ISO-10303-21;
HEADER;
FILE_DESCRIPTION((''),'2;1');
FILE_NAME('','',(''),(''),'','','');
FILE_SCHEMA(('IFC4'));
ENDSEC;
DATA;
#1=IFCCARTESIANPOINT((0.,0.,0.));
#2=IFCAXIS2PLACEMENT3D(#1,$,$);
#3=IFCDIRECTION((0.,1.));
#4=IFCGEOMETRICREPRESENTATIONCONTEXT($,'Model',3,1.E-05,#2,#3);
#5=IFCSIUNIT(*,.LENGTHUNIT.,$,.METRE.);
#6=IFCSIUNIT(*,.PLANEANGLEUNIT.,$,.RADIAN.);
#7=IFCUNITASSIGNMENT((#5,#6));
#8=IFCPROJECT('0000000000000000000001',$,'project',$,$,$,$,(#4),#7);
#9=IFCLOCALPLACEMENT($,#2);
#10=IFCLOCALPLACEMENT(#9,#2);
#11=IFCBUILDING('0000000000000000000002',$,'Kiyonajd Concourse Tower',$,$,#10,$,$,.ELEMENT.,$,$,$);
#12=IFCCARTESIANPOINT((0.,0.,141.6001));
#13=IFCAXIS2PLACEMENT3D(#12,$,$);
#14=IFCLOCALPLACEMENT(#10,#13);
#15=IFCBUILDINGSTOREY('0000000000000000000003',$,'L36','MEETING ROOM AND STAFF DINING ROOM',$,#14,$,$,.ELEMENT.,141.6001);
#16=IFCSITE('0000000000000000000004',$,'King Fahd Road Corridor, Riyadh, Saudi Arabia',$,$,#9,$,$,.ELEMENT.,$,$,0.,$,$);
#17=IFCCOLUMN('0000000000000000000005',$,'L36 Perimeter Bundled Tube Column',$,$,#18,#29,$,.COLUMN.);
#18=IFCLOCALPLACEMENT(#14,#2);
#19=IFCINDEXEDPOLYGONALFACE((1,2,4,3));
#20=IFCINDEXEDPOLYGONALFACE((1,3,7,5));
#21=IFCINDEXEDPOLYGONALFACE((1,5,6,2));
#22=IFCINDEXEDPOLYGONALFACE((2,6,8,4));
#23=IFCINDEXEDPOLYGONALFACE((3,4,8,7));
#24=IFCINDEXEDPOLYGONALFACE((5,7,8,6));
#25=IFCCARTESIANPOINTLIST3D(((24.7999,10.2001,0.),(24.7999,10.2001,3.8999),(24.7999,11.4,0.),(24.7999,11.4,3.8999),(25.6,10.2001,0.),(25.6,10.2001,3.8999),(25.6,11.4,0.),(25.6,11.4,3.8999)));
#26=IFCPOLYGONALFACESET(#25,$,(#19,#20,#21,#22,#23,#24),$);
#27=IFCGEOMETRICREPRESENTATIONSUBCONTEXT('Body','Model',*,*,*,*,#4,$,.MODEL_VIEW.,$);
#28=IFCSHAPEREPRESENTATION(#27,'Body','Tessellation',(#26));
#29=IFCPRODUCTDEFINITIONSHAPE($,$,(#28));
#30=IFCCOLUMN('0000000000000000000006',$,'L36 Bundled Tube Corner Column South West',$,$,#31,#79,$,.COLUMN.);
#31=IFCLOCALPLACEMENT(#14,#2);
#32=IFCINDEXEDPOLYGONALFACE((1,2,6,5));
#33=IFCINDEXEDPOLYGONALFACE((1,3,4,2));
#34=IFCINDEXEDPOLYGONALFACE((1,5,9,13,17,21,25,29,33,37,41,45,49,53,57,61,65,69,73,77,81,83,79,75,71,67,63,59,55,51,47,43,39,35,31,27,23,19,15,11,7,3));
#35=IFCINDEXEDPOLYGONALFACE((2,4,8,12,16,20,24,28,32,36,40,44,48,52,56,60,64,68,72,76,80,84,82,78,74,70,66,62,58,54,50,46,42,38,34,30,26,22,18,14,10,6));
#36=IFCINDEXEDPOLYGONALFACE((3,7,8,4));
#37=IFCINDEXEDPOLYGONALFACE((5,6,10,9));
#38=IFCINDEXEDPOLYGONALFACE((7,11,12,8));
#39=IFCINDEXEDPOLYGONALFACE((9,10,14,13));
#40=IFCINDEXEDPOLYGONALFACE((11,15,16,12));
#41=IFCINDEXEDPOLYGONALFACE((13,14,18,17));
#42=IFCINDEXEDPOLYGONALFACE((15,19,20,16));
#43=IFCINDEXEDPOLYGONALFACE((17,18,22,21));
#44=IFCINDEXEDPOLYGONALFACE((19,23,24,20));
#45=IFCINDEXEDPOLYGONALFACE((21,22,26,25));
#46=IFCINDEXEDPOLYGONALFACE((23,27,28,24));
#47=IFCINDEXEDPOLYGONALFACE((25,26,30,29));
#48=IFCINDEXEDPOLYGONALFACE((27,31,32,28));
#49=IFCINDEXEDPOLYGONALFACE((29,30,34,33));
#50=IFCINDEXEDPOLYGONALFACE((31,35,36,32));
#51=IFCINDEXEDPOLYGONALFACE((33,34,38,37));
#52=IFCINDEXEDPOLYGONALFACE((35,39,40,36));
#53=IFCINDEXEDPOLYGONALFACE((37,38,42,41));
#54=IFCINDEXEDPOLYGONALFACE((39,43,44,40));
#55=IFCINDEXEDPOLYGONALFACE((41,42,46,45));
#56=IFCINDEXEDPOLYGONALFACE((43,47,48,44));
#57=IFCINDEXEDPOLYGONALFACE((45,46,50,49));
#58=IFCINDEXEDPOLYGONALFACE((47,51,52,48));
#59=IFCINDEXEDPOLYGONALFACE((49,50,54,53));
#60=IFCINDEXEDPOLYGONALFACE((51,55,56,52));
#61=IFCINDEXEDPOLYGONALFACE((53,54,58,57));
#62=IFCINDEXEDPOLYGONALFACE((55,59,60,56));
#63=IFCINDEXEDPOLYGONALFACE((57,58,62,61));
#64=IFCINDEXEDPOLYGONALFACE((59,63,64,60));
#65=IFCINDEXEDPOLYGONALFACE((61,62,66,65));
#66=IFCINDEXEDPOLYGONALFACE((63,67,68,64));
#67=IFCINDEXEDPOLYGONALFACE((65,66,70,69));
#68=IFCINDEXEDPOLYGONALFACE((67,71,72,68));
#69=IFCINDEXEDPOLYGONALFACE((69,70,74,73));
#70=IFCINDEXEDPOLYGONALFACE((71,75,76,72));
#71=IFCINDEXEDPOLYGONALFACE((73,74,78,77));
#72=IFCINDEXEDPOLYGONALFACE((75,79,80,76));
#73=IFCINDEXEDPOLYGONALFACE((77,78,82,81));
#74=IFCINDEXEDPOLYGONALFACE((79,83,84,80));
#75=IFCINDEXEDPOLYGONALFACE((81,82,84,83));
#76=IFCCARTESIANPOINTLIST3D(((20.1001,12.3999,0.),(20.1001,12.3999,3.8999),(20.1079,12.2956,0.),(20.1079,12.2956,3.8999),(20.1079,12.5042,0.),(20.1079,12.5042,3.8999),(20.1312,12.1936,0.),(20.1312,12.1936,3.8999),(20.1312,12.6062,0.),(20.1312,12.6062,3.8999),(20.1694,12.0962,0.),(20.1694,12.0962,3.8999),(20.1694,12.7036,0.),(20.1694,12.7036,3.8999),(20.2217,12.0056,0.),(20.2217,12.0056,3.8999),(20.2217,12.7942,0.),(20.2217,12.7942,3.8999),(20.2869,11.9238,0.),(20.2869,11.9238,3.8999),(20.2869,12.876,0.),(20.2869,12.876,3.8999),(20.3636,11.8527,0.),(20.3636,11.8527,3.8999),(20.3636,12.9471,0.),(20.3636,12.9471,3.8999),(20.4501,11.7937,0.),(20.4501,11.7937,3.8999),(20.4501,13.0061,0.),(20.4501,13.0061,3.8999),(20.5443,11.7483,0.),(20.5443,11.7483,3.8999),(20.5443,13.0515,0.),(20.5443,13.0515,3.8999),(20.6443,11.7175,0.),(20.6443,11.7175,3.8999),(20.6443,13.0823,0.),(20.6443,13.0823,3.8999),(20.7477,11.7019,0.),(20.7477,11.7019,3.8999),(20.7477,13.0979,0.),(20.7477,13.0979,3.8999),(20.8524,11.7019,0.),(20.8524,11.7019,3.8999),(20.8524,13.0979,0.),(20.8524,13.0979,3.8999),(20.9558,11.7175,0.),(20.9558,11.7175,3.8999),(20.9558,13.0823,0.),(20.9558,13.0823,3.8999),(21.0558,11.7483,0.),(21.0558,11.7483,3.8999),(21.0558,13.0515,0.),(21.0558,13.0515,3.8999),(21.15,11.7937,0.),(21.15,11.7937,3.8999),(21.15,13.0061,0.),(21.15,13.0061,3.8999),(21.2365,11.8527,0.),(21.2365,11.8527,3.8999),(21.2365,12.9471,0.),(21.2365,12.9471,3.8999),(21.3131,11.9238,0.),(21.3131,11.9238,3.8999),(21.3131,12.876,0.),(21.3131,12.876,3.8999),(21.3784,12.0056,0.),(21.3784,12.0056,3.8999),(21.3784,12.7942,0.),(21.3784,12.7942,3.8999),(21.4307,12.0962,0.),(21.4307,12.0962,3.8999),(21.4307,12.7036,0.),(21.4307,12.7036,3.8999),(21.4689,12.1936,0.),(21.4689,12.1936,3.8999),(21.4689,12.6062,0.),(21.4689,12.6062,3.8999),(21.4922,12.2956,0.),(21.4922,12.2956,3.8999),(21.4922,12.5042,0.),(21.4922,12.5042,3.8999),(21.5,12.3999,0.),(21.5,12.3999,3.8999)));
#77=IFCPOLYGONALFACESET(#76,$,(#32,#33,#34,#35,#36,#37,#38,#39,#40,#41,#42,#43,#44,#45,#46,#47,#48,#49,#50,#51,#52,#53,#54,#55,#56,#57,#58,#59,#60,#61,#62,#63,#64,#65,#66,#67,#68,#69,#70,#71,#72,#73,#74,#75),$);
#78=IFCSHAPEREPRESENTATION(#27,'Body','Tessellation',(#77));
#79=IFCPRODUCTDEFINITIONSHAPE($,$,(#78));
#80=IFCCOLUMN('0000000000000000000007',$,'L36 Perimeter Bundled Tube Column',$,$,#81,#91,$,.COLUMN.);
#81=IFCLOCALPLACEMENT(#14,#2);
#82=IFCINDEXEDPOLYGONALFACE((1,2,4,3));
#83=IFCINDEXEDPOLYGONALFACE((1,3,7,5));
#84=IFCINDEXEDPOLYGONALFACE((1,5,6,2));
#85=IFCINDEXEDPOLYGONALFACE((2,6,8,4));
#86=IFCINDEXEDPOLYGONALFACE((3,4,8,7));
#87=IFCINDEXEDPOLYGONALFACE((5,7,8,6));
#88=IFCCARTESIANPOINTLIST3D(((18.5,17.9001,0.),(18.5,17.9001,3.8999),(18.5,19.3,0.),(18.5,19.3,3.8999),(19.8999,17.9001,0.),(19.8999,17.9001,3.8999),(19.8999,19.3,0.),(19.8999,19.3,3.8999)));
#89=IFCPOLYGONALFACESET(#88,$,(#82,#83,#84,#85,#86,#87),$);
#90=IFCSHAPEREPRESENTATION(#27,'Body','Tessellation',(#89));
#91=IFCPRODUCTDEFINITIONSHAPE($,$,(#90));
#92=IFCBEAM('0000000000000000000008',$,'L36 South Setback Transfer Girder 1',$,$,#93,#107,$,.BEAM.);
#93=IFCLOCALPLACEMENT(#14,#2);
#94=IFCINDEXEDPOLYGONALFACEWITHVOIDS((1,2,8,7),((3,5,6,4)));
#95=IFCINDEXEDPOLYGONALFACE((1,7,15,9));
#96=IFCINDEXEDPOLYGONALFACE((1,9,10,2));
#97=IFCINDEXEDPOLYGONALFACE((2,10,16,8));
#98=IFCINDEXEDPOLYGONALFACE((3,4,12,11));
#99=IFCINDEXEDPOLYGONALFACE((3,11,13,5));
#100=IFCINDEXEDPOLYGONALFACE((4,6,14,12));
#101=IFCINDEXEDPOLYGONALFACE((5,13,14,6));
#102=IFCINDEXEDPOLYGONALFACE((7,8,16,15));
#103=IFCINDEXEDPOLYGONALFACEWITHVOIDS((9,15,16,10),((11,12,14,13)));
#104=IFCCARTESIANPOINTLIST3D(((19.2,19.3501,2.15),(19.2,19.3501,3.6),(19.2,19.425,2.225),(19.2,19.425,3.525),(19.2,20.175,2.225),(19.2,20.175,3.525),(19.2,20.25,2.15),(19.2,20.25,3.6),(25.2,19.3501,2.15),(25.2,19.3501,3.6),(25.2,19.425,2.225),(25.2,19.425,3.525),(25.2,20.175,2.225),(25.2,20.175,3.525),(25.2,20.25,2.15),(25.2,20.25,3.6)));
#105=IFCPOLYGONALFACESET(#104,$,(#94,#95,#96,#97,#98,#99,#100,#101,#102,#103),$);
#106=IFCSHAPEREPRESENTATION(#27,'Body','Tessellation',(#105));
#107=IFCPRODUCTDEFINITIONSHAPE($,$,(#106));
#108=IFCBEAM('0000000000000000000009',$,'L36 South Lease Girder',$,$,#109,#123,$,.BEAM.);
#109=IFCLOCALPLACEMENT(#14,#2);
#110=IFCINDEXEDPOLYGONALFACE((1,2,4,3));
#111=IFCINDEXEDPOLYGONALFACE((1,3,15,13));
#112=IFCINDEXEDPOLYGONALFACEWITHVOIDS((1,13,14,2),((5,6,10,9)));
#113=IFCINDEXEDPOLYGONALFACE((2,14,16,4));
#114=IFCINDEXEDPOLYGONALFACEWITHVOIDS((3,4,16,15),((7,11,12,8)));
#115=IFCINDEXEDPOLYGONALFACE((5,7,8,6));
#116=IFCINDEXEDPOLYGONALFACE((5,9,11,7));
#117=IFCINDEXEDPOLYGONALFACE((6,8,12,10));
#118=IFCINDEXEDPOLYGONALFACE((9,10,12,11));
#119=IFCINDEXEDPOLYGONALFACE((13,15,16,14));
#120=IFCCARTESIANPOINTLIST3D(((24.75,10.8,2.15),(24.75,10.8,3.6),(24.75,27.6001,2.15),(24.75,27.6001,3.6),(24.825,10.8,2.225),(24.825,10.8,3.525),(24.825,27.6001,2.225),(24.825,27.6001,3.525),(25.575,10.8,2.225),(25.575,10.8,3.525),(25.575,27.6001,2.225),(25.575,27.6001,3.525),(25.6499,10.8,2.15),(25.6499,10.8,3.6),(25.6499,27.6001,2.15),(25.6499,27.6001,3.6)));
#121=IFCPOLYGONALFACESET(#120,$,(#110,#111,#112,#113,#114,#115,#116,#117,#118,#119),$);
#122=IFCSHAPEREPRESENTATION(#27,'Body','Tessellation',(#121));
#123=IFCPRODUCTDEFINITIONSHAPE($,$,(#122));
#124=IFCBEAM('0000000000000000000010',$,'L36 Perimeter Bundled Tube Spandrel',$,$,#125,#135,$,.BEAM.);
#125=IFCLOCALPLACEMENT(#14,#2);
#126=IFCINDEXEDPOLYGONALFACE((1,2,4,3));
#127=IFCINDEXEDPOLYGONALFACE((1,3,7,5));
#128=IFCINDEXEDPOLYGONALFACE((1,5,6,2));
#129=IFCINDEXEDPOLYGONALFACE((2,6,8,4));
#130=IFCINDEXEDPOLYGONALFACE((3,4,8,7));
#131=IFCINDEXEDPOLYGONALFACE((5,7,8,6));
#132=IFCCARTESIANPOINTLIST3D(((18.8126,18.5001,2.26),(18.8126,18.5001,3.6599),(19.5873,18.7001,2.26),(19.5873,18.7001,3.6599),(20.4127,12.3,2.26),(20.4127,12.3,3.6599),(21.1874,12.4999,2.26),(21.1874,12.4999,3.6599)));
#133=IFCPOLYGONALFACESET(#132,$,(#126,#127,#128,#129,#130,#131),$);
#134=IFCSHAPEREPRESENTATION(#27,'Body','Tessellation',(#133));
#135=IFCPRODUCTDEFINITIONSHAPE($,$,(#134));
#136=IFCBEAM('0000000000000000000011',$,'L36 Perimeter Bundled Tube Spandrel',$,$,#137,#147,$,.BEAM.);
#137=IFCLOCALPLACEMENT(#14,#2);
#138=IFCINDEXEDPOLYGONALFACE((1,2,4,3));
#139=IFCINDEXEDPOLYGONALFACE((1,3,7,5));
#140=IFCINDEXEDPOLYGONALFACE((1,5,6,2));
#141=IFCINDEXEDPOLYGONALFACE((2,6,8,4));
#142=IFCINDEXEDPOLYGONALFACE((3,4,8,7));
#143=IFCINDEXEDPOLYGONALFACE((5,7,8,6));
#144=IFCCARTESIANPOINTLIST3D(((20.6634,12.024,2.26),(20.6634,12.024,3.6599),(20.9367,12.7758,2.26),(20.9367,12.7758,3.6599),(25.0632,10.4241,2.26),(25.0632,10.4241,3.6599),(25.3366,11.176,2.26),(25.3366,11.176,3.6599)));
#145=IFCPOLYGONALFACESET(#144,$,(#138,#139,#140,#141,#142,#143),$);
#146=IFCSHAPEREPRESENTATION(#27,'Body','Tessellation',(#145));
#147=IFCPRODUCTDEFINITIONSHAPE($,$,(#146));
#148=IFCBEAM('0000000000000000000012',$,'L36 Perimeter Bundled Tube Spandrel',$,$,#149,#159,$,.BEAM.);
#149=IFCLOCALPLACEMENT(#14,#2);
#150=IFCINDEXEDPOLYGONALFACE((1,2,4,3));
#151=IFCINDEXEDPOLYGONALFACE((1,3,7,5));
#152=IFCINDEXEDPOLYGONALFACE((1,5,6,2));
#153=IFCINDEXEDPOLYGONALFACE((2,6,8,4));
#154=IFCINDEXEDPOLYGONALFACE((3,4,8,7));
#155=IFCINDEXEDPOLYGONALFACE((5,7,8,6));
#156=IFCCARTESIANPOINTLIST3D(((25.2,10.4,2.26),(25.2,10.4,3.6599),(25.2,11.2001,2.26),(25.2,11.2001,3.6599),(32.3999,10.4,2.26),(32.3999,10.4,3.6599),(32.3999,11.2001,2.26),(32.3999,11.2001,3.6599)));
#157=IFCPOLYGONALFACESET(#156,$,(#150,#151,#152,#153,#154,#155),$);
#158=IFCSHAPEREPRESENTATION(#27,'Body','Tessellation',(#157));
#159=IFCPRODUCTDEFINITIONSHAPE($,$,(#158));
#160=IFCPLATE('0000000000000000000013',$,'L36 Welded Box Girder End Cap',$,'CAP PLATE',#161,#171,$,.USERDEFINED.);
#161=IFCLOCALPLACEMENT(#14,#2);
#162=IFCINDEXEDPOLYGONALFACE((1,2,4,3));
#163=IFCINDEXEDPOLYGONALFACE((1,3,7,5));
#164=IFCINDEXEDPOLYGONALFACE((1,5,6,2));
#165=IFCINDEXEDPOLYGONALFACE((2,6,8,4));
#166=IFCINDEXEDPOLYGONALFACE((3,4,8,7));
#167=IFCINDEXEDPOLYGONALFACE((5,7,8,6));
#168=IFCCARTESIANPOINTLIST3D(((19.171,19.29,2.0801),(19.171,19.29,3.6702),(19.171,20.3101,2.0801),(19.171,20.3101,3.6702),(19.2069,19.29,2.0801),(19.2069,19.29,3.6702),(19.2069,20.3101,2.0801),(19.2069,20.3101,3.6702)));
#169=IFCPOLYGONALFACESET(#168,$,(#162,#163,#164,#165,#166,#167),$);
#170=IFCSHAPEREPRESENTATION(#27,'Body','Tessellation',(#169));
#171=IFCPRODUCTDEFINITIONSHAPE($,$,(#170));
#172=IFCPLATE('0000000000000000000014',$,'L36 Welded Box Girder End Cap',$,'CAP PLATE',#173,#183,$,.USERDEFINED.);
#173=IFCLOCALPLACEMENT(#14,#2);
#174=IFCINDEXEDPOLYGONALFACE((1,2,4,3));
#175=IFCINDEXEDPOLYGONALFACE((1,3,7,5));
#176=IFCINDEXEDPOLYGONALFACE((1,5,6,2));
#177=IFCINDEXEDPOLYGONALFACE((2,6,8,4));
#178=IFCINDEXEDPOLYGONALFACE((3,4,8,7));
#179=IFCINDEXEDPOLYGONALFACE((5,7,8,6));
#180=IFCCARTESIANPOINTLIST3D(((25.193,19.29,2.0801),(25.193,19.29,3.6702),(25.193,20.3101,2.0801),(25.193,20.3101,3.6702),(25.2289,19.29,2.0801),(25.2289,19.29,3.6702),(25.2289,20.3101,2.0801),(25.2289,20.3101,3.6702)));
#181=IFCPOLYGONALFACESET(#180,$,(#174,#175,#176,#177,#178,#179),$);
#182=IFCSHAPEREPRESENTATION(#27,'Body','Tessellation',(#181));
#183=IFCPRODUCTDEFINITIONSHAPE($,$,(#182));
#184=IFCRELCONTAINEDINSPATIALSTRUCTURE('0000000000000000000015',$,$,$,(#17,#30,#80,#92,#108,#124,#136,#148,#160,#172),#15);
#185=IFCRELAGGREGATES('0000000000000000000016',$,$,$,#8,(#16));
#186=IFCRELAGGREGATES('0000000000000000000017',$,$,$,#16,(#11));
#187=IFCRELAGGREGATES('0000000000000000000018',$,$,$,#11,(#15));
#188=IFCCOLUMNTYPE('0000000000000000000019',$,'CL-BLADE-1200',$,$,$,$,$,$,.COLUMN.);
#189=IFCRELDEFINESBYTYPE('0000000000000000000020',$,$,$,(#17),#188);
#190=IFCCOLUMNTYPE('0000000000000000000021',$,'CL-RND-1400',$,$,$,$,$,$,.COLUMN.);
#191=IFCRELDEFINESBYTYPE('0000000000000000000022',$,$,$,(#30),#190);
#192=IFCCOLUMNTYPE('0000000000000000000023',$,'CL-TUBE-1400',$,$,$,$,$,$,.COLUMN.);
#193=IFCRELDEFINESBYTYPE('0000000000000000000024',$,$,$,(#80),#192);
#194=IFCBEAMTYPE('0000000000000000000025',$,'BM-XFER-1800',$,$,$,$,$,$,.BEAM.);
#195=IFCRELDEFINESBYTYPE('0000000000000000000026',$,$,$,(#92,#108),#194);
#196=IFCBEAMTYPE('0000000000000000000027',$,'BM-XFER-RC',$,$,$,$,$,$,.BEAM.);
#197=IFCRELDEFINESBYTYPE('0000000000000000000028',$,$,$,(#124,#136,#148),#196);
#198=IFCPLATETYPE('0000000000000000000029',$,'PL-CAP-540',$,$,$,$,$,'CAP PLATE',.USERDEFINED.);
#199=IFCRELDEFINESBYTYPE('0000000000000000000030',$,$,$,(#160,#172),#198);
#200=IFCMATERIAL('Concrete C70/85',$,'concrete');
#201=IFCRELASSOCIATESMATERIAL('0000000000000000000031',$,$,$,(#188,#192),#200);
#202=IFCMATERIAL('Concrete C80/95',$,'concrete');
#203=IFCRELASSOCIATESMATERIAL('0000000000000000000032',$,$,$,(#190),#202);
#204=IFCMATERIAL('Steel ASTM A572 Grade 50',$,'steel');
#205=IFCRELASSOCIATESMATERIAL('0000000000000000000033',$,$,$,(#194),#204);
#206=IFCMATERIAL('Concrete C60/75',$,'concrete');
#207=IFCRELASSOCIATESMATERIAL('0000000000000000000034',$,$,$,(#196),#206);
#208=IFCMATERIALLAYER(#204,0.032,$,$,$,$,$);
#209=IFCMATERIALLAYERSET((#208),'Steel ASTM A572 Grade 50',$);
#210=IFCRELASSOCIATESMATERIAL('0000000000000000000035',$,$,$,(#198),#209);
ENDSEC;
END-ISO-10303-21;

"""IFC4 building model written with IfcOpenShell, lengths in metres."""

from ifc_helpers import new_model, si_unit, direction, frame, origin, origin_2d, place, context, subcontext, project, spatial, rectangle, hollow_rectangle, circle, extrude, material, layer, layer_set, material_profile, profile_set, type_object, element, save


model = new_model("IFC4")

# Units and contexts
model_context = context("Model", 3, precision=1e-05, world=origin(), true_north=direction((0.0, 1.0)))
body_context = subcontext(model_context, "Body", "Model", "MODEL_VIEW")
ifc_project = project(units=[si_unit("LENGTHUNIT", "METRE"), si_unit("PLANEANGLEUNIT", "RADIAN")], contexts=[model_context])

# Site, building, storey
site_placement = place(None, origin())
site = spatial("IfcSite", under=ifc_project, at=site_placement, Name="King Fahd Road Corridor, Riyadh, Saudi Arabia", CompositionType="ELEMENT", RefElevation=0.0)
building_placement = place(site_placement, origin())
building = spatial("IfcBuilding", under=site, at=building_placement, Name="Kiyonajd Concourse Tower", CompositionType="ELEMENT")
storey_placement = place(building_placement, frame((0.0, 0.0, 141.6001)))
storey = spatial("IfcBuildingStorey", under=building, at=storey_placement, Name="L36", Description="MEETING ROOM AND STAFF DINING ROOM", CompositionType="ELEMENT", Elevation=141.6001)

# Columns
ifc_material_1 = material(Name="Concrete C70/85", Category="concrete")
ifc_material_profile_1 = material_profile(ifc_material_1, rectangle(XDim=0.8, YDim=1.2, at=origin_2d()), Name="RC-1200x800")
ifc_profile_set_1 = profile_set([ifc_material_profile_1], Name="Concrete C70/85")
column_type_1 = type_object("IfcColumnType", Name="CL-BLADE-1200", PredefinedType="COLUMN", material=ifc_profile_set_1)
column_1_placement = place(storey_placement, frame((25.2, 10.8, 0.0), z_axis=(0.0, 0.0, 1.0), x_axis=(1.0, 0.0, 0.0)))
element("IfcColumn", 1, at=column_1_placement, inside=storey, type_object=column_type_1, Name="L36 Perimeter Bundled Tube Column", PredefinedType="COLUMN", context=body_context, shape_type="SweptSolid", body=[
    extrude(rectangle(XDim=0.8, YDim=1.2, at=origin_2d()), origin(), (0.0, 0.0, 1.0), 3.8999),
])
ifc_material_2 = material(Name="Concrete C80/95", Category="concrete")
ifc_material_profile_2 = material_profile(ifc_material_2, circle(Radius=0.7, at=origin_2d()), Name="RCC-D1400")
ifc_profile_set_2 = profile_set([ifc_material_profile_2], Name="Concrete C80/95")
column_type_2 = type_object("IfcColumnType", Name="CL-RND-1400", PredefinedType="COLUMN", material=ifc_profile_set_2)
column_2_placement = place(storey_placement, frame((20.8, 12.3999, 0.0), z_axis=(0.0, 0.0, 1.0), x_axis=(1.0, 0.0, 0.0)))
element("IfcColumn", 2, at=column_2_placement, inside=storey, type_object=column_type_2, Name="L36 Bundled Tube Corner Column South West", PredefinedType="COLUMN", context=body_context, shape_type="SweptSolid", body=[
    extrude(circle(Radius=0.7, at=origin_2d()), origin(), (0.0, 0.0, 1.0), 3.8999),
])
ifc_material_profile_3 = material_profile(ifc_material_1, rectangle(XDim=1.3999, YDim=1.3999, at=origin_2d()), Name="RC-1400x1400")
ifc_profile_set_3 = profile_set([ifc_material_profile_3], Name="Concrete C70/85")
column_type_3 = type_object("IfcColumnType", Name="CL-TUBE-1400", PredefinedType="COLUMN", material=ifc_profile_set_3)
column_3_placement = place(storey_placement, frame((19.2, 18.6001, 0.0), z_axis=(0.0, 0.0, 1.0), x_axis=(1.0, 0.0, 0.0)))
element("IfcColumn", 3, at=column_3_placement, inside=storey, type_object=column_type_3, Name="L36 Perimeter Bundled Tube Column", PredefinedType="COLUMN", context=body_context, shape_type="SweptSolid", body=[
    extrude(rectangle(XDim=1.3999, YDim=1.3999, at=origin_2d()), origin(), (0.0, 0.0, 1.0), 3.8999),
])

# Beams
ifc_material_3 = material(Name="Steel ASTM A572 Grade 50", Category="steel")
ifc_material_profile_4 = material_profile(ifc_material_3, hollow_rectangle(XDim=0.8999, YDim=1.45, WallThickness=0.075, at=origin_2d()), Name="BOX-1450x900x75")
ifc_profile_set_4 = profile_set([ifc_material_profile_4], Name="Steel ASTM A572 Grade 50")
beam_type_1 = type_object("IfcBeamType", Name="BM-XFER-1800", PredefinedType="BEAM", material=ifc_profile_set_4)
beam_1_placement = place(storey_placement, frame((19.2, 19.8, 2.875), z_axis=(1.0, 0.0, 0.0), x_axis=(0.0, 1.0, 0.0)))
element("IfcBeam", 4, at=beam_1_placement, inside=storey, type_object=beam_type_1, Name="L36 South Setback Transfer Girder 1", PredefinedType="BEAM", context=body_context, shape_type="SweptSolid", body=[
    extrude(hollow_rectangle(XDim=0.8999, YDim=1.45, WallThickness=0.075, at=origin_2d()), origin(), (0.0, 0.0, 1.0), 6.0),
])
beam_2_placement = place(storey_placement, frame((25.2, 10.8, 2.875), z_axis=(0.0, 1.0, 0.0), x_axis=(-1.0, 0.0, 0.0)))
element("IfcBeam", 5, at=beam_2_placement, inside=storey, type_object=beam_type_1, Name="L36 South Lease Girder", PredefinedType="BEAM", context=body_context, shape_type="SweptSolid", body=[
    extrude(hollow_rectangle(XDim=0.8999, YDim=1.45, WallThickness=0.075, at=origin_2d()), origin(), (0.0, 0.0, 1.0), 16.8),
])
ifc_material_4 = material(Name="Concrete C60/75", Category="concrete")
ifc_material_profile_5 = material_profile(ifc_material_4, rectangle(XDim=0.8, YDim=1.3999, at=origin_2d()), Name="RCBM-800x1400")
ifc_profile_set_5 = profile_set([ifc_material_profile_5], Name="Concrete C60/75")
beam_type_2 = type_object("IfcBeamType", Name="BM-XFER-RC", PredefinedType="BEAM", material=ifc_profile_set_5)
beam_3_placement = place(storey_placement, frame((19.2, 18.6001, 2.96), z_axis=(0.249885, -0.968276, 0.0), x_axis=(0.968276, 0.249885, 0.0)))
element("IfcBeam", 6, at=beam_3_placement, inside=storey, type_object=beam_type_2, Name="L36 Perimeter Bundled Tube Spandrel", PredefinedType="BEAM", context=body_context, shape_type="SweptSolid", body=[
    extrude(rectangle(XDim=0.8, YDim=1.3999, at=origin_2d()), origin(), (0.0, 0.0, 1.0), 6.4033),
])
beam_4_placement = place(storey_placement, frame((20.8, 12.3999, 2.96), z_axis=(0.939801, -0.341722, 0.0), x_axis=(0.341722, 0.939801, 0.0)))
element("IfcBeam", 7, at=beam_4_placement, inside=storey, type_object=beam_type_2, Name="L36 Perimeter Bundled Tube Spandrel", PredefinedType="BEAM", context=body_context, shape_type="SweptSolid", body=[
    extrude(rectangle(XDim=0.8, YDim=1.3999, at=origin_2d()), origin(), (0.0, 0.0, 1.0), 4.6816),
])
beam_5_placement = place(storey_placement, frame((25.2, 10.8, 2.96), z_axis=(1.0, 0.0, 0.0), x_axis=(0.0, 1.0, 0.0)))
element("IfcBeam", 8, at=beam_5_placement, inside=storey, type_object=beam_type_2, Name="L36 Perimeter Bundled Tube Spandrel", PredefinedType="BEAM", context=body_context, shape_type="SweptSolid", body=[
    extrude(rectangle(XDim=0.8, YDim=1.3999, at=origin_2d()), origin(), (0.0, 0.0, 1.0), 7.2),
])

# Plates
ifc_layer_1 = layer(ifc_material_3, 0.032)
ifc_layer_set_1 = layer_set([ifc_layer_1], Name="Steel ASTM A572 Grade 50")
plate_type = type_object("IfcPlateType", Name="PL-CAP-540", ElementType="CAP PLATE", PredefinedType="USERDEFINED", material=ifc_layer_set_1)
for number, where, z_axis, x_axis, name in (
    (9, (19.189, 19.8, 2.0801), (0.0, 0.0, 1.0), (-1.0, 0.0, 0.0), "L36 Welded Box Girder End Cap"),
    (10, (25.2109, 19.8, 2.0801), (0.0, 0.0, 1.0), (1.0, 0.0, 0.0), "L36 Welded Box Girder End Cap"),
):
    element("IfcPlate", number, at=place(storey_placement, frame(where, z_axis=z_axis, x_axis=x_axis)), inside=storey, type_object=plate_type, Name=name, ObjectType="CAP PLATE", PredefinedType="USERDEFINED", context=body_context, shape_type="SweptSolid", body=[
        extrude(rectangle(XDim=0.0359, YDim=1.02, at=origin_2d()), origin(), (0.0, 0.0, 1.0), 1.5901),
    ])

save(model, "model.ifc")
